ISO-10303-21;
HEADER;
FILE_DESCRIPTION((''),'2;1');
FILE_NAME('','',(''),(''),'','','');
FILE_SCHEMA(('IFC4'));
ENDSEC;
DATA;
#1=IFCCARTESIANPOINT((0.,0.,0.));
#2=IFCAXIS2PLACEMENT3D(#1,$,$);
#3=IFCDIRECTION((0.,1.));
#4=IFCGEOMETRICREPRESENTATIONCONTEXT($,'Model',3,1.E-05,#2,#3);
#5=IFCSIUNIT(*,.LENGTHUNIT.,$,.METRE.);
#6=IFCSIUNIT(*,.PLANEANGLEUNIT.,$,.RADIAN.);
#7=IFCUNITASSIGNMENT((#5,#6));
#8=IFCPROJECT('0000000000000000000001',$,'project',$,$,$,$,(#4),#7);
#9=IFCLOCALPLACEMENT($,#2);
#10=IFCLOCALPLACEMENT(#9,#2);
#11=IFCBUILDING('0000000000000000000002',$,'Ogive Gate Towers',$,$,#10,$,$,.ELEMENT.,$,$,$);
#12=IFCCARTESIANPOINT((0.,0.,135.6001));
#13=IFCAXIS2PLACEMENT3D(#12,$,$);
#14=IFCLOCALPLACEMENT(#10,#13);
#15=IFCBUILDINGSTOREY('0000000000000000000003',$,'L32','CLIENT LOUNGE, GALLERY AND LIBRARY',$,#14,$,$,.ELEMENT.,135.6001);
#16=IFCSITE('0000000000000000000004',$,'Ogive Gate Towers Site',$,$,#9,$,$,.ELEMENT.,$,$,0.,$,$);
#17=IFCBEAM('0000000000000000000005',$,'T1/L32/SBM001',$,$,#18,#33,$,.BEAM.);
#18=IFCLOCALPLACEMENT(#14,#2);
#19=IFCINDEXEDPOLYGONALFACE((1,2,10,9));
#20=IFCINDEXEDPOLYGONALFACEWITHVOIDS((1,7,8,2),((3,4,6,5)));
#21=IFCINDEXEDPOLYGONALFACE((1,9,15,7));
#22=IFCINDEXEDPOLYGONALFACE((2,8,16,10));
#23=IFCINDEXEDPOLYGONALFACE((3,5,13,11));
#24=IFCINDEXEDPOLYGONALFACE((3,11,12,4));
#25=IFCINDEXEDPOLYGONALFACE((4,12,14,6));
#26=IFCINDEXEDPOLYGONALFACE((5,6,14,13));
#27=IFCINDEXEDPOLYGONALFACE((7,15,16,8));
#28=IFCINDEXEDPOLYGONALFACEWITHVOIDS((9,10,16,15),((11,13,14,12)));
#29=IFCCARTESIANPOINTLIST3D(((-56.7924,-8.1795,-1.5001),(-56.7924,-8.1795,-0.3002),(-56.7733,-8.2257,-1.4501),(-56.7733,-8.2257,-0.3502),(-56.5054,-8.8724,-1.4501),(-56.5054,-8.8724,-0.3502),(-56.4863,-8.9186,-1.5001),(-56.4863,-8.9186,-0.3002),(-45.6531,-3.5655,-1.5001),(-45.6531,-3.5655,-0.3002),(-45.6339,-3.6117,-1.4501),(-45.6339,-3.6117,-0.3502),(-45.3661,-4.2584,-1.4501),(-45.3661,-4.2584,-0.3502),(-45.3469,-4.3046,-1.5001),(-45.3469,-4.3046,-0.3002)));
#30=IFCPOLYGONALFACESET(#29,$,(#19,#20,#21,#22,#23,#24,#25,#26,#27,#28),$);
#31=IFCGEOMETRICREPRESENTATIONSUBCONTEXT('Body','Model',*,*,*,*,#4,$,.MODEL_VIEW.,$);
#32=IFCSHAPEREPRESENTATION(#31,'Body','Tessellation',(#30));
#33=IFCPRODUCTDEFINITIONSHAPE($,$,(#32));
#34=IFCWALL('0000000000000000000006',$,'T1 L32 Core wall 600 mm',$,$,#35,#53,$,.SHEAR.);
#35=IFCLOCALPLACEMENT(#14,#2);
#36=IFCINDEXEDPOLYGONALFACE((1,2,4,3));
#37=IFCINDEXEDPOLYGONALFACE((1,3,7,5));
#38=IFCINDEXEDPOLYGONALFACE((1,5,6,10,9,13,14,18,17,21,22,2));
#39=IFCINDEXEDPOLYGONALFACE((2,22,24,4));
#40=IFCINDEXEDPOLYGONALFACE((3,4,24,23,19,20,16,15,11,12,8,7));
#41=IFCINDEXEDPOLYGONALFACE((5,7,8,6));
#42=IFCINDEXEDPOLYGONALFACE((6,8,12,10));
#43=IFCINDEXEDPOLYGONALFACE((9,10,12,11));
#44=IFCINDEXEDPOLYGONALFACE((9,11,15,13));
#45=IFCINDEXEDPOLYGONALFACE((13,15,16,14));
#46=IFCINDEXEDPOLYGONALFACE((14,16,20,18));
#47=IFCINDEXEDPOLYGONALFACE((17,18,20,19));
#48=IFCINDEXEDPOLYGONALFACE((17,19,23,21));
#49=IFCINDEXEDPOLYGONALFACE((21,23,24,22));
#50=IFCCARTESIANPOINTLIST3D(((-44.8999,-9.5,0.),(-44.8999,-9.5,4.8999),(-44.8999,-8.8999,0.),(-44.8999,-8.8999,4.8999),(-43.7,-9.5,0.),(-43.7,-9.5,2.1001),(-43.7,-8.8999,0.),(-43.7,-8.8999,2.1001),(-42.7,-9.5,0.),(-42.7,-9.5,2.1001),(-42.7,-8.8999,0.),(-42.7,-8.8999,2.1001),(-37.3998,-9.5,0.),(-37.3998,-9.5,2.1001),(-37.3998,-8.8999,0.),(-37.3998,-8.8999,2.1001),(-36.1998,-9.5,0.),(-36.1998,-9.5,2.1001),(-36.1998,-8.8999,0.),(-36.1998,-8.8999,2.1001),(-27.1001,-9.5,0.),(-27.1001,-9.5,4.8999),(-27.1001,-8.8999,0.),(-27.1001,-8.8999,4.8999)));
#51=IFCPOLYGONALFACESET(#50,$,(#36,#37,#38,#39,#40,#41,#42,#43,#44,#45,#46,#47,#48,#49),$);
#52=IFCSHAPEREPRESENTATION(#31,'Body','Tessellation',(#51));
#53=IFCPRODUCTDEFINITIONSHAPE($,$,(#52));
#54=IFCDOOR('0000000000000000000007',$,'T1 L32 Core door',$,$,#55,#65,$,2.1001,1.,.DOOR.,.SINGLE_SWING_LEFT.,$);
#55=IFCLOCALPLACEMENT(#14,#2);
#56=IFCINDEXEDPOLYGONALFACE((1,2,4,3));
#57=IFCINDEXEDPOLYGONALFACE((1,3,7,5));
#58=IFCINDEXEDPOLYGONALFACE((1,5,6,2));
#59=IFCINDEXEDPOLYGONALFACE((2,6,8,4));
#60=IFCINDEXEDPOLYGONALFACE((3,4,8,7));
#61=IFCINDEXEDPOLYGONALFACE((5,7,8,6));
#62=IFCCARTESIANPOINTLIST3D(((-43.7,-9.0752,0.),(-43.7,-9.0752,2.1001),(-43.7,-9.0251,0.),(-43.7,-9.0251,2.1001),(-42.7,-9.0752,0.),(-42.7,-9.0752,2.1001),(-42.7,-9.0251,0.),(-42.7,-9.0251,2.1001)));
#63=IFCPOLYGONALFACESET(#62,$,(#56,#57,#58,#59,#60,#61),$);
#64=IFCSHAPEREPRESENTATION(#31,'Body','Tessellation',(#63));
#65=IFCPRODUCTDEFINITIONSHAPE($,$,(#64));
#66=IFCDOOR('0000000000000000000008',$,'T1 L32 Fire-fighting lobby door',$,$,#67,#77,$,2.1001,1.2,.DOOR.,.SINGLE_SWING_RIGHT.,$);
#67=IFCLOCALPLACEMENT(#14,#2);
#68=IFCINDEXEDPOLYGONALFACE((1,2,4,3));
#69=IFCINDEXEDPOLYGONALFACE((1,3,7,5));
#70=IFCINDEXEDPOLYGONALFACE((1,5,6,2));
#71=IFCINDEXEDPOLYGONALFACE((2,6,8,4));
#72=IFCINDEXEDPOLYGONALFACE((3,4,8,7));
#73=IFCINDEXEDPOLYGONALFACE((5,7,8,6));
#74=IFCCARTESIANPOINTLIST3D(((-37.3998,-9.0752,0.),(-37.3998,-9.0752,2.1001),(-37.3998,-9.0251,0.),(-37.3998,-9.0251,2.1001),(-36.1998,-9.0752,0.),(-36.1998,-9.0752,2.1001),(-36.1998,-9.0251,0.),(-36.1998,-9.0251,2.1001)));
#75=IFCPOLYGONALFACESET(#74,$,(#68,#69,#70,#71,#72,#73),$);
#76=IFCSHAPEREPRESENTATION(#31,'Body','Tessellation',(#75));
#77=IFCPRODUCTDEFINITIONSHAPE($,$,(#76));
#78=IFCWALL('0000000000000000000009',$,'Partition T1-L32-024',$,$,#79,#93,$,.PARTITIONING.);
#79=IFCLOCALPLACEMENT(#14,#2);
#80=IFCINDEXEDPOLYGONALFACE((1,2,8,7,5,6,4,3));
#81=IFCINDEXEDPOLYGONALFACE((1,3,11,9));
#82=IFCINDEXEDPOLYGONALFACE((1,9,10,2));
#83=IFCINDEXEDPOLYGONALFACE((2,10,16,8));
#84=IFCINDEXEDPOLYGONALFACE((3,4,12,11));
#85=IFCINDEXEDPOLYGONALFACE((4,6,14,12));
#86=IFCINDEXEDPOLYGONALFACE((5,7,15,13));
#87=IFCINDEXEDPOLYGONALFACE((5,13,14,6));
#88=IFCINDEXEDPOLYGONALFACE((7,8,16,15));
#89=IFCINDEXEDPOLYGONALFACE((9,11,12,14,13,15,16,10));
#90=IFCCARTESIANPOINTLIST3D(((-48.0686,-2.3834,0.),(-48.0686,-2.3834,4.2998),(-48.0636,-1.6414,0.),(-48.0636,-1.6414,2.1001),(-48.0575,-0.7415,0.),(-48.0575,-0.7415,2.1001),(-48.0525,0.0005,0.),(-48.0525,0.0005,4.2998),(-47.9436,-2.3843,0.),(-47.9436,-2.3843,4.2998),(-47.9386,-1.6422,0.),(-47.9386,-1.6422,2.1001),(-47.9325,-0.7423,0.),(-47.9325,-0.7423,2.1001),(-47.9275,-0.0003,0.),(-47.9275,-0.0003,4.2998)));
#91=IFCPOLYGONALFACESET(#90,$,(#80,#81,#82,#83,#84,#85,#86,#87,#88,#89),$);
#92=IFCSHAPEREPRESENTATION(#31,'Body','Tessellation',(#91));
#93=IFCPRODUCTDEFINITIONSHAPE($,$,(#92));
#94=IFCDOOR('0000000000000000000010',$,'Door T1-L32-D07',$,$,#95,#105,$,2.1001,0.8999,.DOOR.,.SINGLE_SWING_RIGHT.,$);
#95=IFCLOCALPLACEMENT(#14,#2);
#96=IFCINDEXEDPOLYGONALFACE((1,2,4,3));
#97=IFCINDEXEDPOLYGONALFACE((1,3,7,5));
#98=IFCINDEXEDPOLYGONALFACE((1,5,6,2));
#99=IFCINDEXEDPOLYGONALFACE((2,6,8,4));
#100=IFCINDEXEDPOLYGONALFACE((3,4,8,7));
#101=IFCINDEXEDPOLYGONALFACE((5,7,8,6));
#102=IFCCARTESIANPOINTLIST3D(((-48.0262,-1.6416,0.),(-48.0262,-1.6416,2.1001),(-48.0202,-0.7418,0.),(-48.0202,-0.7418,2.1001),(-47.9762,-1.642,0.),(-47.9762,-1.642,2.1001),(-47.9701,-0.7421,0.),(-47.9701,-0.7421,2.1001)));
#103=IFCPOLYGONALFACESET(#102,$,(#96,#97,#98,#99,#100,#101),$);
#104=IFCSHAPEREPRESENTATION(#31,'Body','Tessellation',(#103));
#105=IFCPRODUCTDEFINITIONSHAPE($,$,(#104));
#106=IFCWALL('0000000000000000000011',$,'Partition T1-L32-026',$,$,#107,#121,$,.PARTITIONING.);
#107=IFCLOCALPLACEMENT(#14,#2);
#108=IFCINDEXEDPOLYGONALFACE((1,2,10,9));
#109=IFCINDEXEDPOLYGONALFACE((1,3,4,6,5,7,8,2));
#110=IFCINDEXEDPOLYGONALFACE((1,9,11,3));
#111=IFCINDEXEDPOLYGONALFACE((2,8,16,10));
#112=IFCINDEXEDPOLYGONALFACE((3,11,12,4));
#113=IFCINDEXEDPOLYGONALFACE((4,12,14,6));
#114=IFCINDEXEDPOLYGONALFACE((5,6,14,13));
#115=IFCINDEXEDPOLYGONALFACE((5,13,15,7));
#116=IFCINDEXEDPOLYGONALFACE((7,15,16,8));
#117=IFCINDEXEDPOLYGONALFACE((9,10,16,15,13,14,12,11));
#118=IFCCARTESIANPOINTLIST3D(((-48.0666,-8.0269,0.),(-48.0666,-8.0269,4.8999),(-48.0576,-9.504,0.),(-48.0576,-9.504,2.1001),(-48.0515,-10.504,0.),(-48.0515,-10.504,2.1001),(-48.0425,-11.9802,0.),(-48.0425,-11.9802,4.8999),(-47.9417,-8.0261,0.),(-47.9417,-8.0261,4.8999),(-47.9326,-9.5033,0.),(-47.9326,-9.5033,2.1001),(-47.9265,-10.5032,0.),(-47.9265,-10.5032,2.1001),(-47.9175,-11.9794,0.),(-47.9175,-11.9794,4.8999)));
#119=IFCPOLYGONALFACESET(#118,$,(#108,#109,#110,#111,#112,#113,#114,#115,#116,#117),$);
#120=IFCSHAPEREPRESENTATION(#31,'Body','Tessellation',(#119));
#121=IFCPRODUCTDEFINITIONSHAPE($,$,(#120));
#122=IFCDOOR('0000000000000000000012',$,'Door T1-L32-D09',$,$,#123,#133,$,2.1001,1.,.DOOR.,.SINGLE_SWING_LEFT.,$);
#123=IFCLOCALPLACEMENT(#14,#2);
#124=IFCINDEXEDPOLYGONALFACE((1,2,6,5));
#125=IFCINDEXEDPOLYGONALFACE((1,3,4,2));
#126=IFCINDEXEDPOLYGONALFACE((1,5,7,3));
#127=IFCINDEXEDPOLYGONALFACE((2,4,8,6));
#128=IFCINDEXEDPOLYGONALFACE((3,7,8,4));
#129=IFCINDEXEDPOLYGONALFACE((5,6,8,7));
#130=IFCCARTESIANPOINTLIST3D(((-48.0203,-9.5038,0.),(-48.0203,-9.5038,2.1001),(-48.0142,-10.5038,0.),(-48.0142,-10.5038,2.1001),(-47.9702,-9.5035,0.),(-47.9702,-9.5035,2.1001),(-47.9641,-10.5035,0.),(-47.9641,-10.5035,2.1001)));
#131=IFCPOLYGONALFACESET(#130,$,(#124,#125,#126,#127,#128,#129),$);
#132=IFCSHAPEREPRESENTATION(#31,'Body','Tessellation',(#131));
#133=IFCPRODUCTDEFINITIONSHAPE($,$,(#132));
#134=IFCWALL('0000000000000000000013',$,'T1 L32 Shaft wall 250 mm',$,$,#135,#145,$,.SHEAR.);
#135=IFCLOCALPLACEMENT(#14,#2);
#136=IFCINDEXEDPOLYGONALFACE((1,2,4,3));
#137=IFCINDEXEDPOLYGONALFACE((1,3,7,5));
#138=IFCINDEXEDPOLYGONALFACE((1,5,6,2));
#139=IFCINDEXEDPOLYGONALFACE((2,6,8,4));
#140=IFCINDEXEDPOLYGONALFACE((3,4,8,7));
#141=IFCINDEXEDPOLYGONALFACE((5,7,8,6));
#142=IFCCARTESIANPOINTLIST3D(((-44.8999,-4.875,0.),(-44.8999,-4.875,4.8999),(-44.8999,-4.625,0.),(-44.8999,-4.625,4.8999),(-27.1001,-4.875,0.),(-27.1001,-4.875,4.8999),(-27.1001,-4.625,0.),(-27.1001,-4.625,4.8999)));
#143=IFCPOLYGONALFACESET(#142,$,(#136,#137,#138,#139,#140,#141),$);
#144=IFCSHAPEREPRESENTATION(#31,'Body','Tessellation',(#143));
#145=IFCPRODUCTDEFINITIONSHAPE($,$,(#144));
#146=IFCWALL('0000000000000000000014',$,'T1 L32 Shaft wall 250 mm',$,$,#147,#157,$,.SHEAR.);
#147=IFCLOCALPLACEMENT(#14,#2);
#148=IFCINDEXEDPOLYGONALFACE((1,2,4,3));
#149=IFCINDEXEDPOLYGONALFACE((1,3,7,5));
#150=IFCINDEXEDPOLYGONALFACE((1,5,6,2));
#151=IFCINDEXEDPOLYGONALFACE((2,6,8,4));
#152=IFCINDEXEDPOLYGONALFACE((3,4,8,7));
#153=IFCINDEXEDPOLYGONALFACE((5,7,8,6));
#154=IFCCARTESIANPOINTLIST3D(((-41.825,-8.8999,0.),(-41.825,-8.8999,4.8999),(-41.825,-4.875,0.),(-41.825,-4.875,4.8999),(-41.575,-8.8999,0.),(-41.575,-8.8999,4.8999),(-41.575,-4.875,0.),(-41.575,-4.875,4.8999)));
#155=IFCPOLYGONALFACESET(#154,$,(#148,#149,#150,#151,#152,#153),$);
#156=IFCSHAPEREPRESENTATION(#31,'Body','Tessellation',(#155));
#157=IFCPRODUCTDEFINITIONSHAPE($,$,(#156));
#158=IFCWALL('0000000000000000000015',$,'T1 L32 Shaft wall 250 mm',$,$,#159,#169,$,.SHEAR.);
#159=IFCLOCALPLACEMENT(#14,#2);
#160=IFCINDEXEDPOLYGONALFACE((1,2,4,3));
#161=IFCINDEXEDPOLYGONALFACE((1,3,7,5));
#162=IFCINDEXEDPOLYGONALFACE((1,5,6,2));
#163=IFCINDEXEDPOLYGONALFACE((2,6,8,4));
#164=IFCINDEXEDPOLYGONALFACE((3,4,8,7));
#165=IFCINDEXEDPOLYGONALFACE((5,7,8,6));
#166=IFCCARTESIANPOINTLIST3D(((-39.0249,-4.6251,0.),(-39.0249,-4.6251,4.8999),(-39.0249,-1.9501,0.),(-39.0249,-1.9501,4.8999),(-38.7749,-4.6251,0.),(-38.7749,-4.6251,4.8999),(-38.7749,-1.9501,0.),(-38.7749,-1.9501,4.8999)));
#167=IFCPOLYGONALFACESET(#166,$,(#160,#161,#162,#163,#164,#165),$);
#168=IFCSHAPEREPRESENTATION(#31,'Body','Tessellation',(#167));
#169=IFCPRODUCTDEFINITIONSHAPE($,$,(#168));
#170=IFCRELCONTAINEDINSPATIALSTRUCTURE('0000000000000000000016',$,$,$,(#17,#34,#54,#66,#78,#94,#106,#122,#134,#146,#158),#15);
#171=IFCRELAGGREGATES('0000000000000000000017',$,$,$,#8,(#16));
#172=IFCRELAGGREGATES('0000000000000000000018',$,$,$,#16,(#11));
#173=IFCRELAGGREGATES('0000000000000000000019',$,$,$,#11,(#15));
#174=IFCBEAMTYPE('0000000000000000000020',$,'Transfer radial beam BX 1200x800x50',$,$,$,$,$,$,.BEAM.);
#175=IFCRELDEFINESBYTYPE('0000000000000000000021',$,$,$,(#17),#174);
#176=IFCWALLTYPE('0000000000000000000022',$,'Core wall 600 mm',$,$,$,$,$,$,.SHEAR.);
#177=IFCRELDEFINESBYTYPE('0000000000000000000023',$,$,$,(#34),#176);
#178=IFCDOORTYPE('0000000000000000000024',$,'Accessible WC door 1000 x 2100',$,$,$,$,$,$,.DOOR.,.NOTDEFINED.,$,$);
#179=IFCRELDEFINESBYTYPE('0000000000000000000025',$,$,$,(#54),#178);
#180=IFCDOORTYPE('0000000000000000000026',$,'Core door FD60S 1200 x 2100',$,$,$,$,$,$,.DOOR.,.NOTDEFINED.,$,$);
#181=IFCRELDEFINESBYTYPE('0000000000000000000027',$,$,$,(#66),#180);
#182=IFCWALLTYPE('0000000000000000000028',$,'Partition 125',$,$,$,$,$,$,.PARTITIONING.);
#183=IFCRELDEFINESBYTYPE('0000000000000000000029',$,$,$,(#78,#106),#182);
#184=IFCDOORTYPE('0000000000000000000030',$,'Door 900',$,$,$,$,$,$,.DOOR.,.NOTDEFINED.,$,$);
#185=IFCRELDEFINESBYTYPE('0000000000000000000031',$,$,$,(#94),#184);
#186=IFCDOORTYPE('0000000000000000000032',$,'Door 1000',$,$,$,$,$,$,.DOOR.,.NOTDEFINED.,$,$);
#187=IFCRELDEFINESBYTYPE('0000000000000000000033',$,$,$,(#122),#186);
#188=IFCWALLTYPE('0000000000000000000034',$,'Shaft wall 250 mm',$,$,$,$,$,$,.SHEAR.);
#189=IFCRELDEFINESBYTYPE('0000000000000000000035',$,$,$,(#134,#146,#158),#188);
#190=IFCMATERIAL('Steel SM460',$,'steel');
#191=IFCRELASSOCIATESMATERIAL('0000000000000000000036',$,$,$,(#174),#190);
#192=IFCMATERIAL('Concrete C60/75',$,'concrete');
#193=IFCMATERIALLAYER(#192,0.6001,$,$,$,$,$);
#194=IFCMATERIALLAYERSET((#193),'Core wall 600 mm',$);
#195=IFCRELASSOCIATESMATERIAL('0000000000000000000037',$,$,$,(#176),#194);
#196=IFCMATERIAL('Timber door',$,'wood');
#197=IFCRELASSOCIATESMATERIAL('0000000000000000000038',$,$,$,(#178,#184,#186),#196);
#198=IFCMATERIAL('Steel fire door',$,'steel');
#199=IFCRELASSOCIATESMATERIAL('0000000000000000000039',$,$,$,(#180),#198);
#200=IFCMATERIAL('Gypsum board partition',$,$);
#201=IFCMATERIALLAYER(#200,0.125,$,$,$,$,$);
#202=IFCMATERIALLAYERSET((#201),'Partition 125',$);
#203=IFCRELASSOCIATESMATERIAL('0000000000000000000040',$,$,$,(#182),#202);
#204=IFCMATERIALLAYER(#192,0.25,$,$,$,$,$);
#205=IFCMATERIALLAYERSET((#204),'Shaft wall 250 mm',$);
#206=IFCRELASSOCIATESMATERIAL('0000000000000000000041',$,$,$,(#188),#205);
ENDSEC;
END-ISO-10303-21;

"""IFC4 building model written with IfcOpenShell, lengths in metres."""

from ifc_helpers import new_model, si_unit, direction, frame, frame_2d, origin, origin_2d, place, context, subcontext, project, spatial, rectangle, hollow_rectangle, extrude, material, layer, layer_set, material_profile, profile_set, type_object, element, fill, save


model = new_model("IFC4")

# Units and contexts
model_context = context("Model", 3, precision=1e-05, world=origin(), true_north=direction((0.0, 1.0)))
body_context = subcontext(model_context, "Body", "Model", "MODEL_VIEW")
ifc_project = project(units=[si_unit("LENGTHUNIT", "METRE"), si_unit("PLANEANGLEUNIT", "RADIAN")], contexts=[model_context])

# Site, building, storey
site_placement = place(None, origin())
site = spatial("IfcSite", under=ifc_project, at=site_placement, Name="Ogive Gate Towers Site", CompositionType="ELEMENT", RefElevation=0.0)
building_placement = place(site_placement, origin())
building = spatial("IfcBuilding", under=site, at=building_placement, Name="Ogive Gate Towers", CompositionType="ELEMENT")
storey_placement = place(building_placement, frame((0.0, 0.0, 135.6001)))
storey = spatial("IfcBuildingStorey", under=building, at=storey_placement, Name="L32", Description="CLIENT LOUNGE, GALLERY AND LIBRARY", CompositionType="ELEMENT", Elevation=135.6001)

# Beam
ifc_material_1 = material(Name="Steel SM460", Category="steel")
ifc_material_profile = material_profile(ifc_material_1, hollow_rectangle(XDim=0.8, YDim=1.2, WallThickness=0.05, at=origin_2d()), Name="BX 1200x800x50")
ifc_profile_set = profile_set([ifc_material_profile], Name="Steel SM460")
beam_type = type_object("IfcBeamType", Name="Transfer radial beam BX 1200x800x50", PredefinedType="BEAM", material=ifc_profile_set)
beam_placement = place(storey_placement, frame((-45.5, -3.9351, -0.9001), z_axis=(-0.923882, -0.382678, 0.0), x_axis=(0.382678, -0.923882, 0.0)))
element("IfcBeam", 1, at=beam_placement, inside=storey, type_object=beam_type, Name="T1/L32/SBM001", PredefinedType="BEAM", context=body_context, shape_type="SweptSolid", body=[
    extrude(hollow_rectangle(XDim=0.8, YDim=1.2, WallThickness=0.05, at=origin_2d()), origin(), (0.0, 0.0, 1.0), 12.0571),
])

# Wall, openings, doors
ifc_material_2 = material(Name="Concrete C60/75", Category="concrete")
ifc_layer_1 = layer(ifc_material_2, 0.6001)
ifc_layer_set_1 = layer_set([ifc_layer_1], Name="Core wall 600 mm")
wall_type_1 = type_object("IfcWallType", Name="Core wall 600 mm", PredefinedType="SHEAR", material=ifc_layer_set_1)
wall_1_placement = place(storey_placement, frame((-44.8999, -9.2, 0.0), z_axis=(0.0, 0.0, 1.0), x_axis=(1.0, 0.0, 0.0)))
wall_1 = element("IfcWall", 2, at=wall_1_placement, inside=storey, type_object=wall_type_1, Name="T1 L32 Core wall 600 mm", PredefinedType="SHEAR", context=body_context, shape_type="SweptSolid", body=[
    extrude(rectangle(XDim=17.7998, YDim=0.6001, at=frame_2d((8.8999, 0.0))), origin(), (0.0, 0.0, 1.0), 4.8999),
])
opening_1_placement = place(wall_1_placement, frame((7.5, 0.0, 0.0)))
opening_1 = element("IfcOpeningElement", 3, at=opening_1_placement, cuts=wall_1, PredefinedType="OPENING", context=body_context, shape_type="SweptSolid", body=[
    extrude(rectangle(XDim=1.2, YDim=2.1001, at=frame_2d((0.6001, 1.05))), frame((0.0, 0.3101, 0.0), z_axis=(0.0, -1.0, 0.0), x_axis=(1.0, 0.0, 0.0)), (0.0, 0.0, 1.0), 0.6201),
])
opening_2_placement = place(wall_1_placement, frame((1.2, 0.0, 0.0)))
opening_2 = element("IfcOpeningElement", 4, at=opening_2_placement, cuts=wall_1, PredefinedType="OPENING", context=body_context, shape_type="SweptSolid", body=[
    extrude(rectangle(XDim=1.0, YDim=2.1001, at=frame_2d((0.5, 1.05))), frame((0.0, 0.3101, 0.0), z_axis=(0.0, -1.0, 0.0), x_axis=(1.0, 0.0, 0.0)), (0.0, 0.0, 1.0), 0.6201),
])
ifc_material_3 = material(Name="Timber door", Category="wood")
door_type_1 = type_object("IfcDoorType", Name="Accessible WC door 1000 x 2100", OperationType="NOTDEFINED", PredefinedType="DOOR", material=ifc_material_3)
door_1_placement = place(opening_2_placement, origin())
door_1 = element("IfcDoor", 5, at=door_1_placement, inside=storey, type_object=door_type_1, Name="T1 L32 Core door", OperationType="SINGLE_SWING_LEFT", OverallHeight=2.1001, OverallWidth=1.0, PredefinedType="DOOR", context=body_context, shape_type="SweptSolid", body=[
    extrude(rectangle(XDim=1.0, YDim=2.1001, at=frame_2d((0.5, 1.05))), frame((0.0, 0.1748, 0.0), z_axis=(0.0, -1.0, 0.0), x_axis=(1.0, 0.0, 0.0)), (0.0, 0.0, 1.0), 0.05),
])
fill(opening_2, door_1)
ifc_material_4 = material(Name="Steel fire door", Category="steel")
door_type_2 = type_object("IfcDoorType", Name="Core door FD60S 1200 x 2100", OperationType="NOTDEFINED", PredefinedType="DOOR", material=ifc_material_4)
door_2_placement = place(opening_1_placement, origin())
door_2 = element("IfcDoor", 6, at=door_2_placement, inside=storey, type_object=door_type_2, Name="T1 L32 Fire-fighting lobby door", OperationType="SINGLE_SWING_RIGHT", OverallHeight=2.1001, OverallWidth=1.2, PredefinedType="DOOR", context=body_context, shape_type="SweptSolid", body=[
    extrude(rectangle(XDim=1.2, YDim=2.1001, at=frame_2d((0.6001, 1.05))), frame((0.0, 0.1748, 0.0), z_axis=(0.0, -1.0, 0.0), x_axis=(1.0, 0.0, 0.0)), (0.0, 0.0, 1.0), 0.05),
])
fill(opening_1, door_2)

# Walls, openings, doors
ifc_material_5 = material(Name="Gypsum board partition")
ifc_layer_2 = layer(ifc_material_5, 0.125)
ifc_layer_set_2 = layer_set([ifc_layer_2], Name="Partition 125")
wall_type_2 = type_object("IfcWallType", Name="Partition 125", PredefinedType="PARTITIONING", material=ifc_layer_set_2)
wall_2_placement = place(storey_placement, frame((-47.99, 0.0, 0.0), z_axis=(0.0, 0.0, 1.0), x_axis=(-0.006759, -0.999977, 0.0)))
wall_2 = element("IfcWall", 7, at=wall_2_placement, inside=storey, type_object=wall_type_2, Name="Partition T1-L32-024", PredefinedType="PARTITIONING", context=body_context, shape_type="SweptSolid", body=[
    extrude(rectangle(XDim=2.384, YDim=0.125, at=frame_2d((1.1919, 0.0))), origin(), (0.0, 0.0, 1.0), 4.2998),
])
opening_3_placement = place(wall_2_placement, frame((0.7419, 0.0, 0.0)))
opening_3 = element("IfcOpeningElement", 8, at=opening_3_placement, cuts=wall_2, PredefinedType="OPENING", context=body_context, shape_type="SweptSolid", body=[
    extrude(rectangle(XDim=0.8999, YDim=2.1001, at=frame_2d((0.45, 1.05))), frame((0.0, 0.0725, 0.0), z_axis=(0.0, -1.0, 0.0), x_axis=(1.0, 0.0, 0.0)), (0.0, 0.0, 1.0), 0.145),
])
door_type_3 = type_object("IfcDoorType", Name="Door 900", OperationType="NOTDEFINED", PredefinedType="DOOR", material=ifc_material_3)
door_3_placement = place(opening_3_placement, origin())
door_3 = element("IfcDoor", 9, at=door_3_placement, inside=storey, type_object=door_type_3, Name="Door T1-L32-D07", OperationType="SINGLE_SWING_RIGHT", OverallHeight=2.1001, OverallWidth=0.8999, PredefinedType="DOOR", context=body_context, shape_type="SweptSolid", body=[
    extrude(rectangle(XDim=0.8999, YDim=2.1001, at=frame_2d((0.45, 1.05))), frame((0.0, 0.0249, 0.0), z_axis=(0.0, -1.0, 0.0), x_axis=(1.0, 0.0, 0.0)), (0.0, 0.0, 1.0), 0.05),
])
fill(opening_3, door_3)
wall_3_placement = place(storey_placement, frame((-48.0042, -8.0266, 0.0), z_axis=(0.0, 0.0, 1.0), x_axis=(0.006114, -0.999981, 0.0)))
wall_3 = element("IfcWall", 10, at=wall_3_placement, inside=storey, type_object=wall_type_2, Name="Partition T1-L32-026", PredefinedType="PARTITIONING", context=body_context, shape_type="SweptSolid", body=[
    extrude(rectangle(XDim=3.9534, YDim=0.125, at=frame_2d((1.9766, 0.0))), origin(), (0.0, 0.0, 1.0), 4.8999),
])
opening_4_placement = place(wall_3_placement, frame((1.4771, 0.0, 0.0)))
opening_4 = element("IfcOpeningElement", 11, at=opening_4_placement, cuts=wall_3, PredefinedType="OPENING", context=body_context, shape_type="SweptSolid", body=[
    extrude(rectangle(XDim=1.0, YDim=2.1001, at=frame_2d((0.5, 1.05))), frame((0.0, 0.0725, 0.0), z_axis=(0.0, -1.0, 0.0), x_axis=(1.0, 0.0, 0.0)), (0.0, 0.0, 1.0), 0.145),
])
door_type_4 = type_object("IfcDoorType", Name="Door 1000", OperationType="NOTDEFINED", PredefinedType="DOOR", material=ifc_material_3)
door_4_placement = place(opening_4_placement, origin())
door_4 = element("IfcDoor", 12, at=door_4_placement, inside=storey, type_object=door_type_4, Name="Door T1-L32-D09", OperationType="SINGLE_SWING_LEFT", OverallHeight=2.1001, OverallWidth=1.0, PredefinedType="DOOR", context=body_context, shape_type="SweptSolid", body=[
    extrude(rectangle(XDim=1.0, YDim=2.1001, at=frame_2d((0.5, 1.05))), frame((0.0, 0.0249, 0.0), z_axis=(0.0, -1.0, 0.0), x_axis=(1.0, 0.0, 0.0)), (0.0, 0.0, 1.0), 0.05),
])
fill(opening_4, door_4)

# Walls
ifc_layer_3 = layer(ifc_material_2, 0.25)
ifc_layer_set_3 = layer_set([ifc_layer_3], Name="Shaft wall 250 mm")
wall_type_3 = type_object("IfcWallType", Name="Shaft wall 250 mm", PredefinedType="SHEAR", material=ifc_layer_set_3)
wall_4_placement = place(storey_placement, frame((-44.8999, -4.75, 0.0), z_axis=(0.0, 0.0, 1.0), x_axis=(1.0, 0.0, 0.0)))
element("IfcWall", 13, at=wall_4_placement, inside=storey, type_object=wall_type_3, Name="T1 L32 Shaft wall 250 mm", PredefinedType="SHEAR", context=body_context, shape_type="SweptSolid", body=[
    extrude(rectangle(XDim=17.7998, YDim=0.25, at=frame_2d((8.8999, 0.0))), origin(), (0.0, 0.0, 1.0), 4.8999),
])
wall_5_placement = place(storey_placement, frame((-41.7, -8.8999, 0.0), z_axis=(0.0, 0.0, 1.0), x_axis=(0.0, 1.0, 0.0)))
element("IfcWall", 14, at=wall_5_placement, inside=storey, type_object=wall_type_3, Name="T1 L32 Shaft wall 250 mm", PredefinedType="SHEAR", context=body_context, shape_type="SweptSolid", body=[
    extrude(rectangle(XDim=4.0249, YDim=0.25, at=frame_2d((2.0125, 0.0))), origin(), (0.0, 0.0, 1.0), 4.8999),
])
wall_6_placement = place(storey_placement, frame((-38.8999, -4.625, 0.0), z_axis=(0.0, 0.0, 1.0), x_axis=(0.0, 1.0, 0.0)))
element("IfcWall", 15, at=wall_6_placement, inside=storey, type_object=wall_type_3, Name="T1 L32 Shaft wall 250 mm", PredefinedType="SHEAR", context=body_context, shape_type="SweptSolid", body=[
    extrude(rectangle(XDim=2.675, YDim=0.25, at=frame_2d((1.3374, 0.0))), origin(), (0.0, 0.0, 1.0), 4.8999),
])

save(model, "model.ifc")
